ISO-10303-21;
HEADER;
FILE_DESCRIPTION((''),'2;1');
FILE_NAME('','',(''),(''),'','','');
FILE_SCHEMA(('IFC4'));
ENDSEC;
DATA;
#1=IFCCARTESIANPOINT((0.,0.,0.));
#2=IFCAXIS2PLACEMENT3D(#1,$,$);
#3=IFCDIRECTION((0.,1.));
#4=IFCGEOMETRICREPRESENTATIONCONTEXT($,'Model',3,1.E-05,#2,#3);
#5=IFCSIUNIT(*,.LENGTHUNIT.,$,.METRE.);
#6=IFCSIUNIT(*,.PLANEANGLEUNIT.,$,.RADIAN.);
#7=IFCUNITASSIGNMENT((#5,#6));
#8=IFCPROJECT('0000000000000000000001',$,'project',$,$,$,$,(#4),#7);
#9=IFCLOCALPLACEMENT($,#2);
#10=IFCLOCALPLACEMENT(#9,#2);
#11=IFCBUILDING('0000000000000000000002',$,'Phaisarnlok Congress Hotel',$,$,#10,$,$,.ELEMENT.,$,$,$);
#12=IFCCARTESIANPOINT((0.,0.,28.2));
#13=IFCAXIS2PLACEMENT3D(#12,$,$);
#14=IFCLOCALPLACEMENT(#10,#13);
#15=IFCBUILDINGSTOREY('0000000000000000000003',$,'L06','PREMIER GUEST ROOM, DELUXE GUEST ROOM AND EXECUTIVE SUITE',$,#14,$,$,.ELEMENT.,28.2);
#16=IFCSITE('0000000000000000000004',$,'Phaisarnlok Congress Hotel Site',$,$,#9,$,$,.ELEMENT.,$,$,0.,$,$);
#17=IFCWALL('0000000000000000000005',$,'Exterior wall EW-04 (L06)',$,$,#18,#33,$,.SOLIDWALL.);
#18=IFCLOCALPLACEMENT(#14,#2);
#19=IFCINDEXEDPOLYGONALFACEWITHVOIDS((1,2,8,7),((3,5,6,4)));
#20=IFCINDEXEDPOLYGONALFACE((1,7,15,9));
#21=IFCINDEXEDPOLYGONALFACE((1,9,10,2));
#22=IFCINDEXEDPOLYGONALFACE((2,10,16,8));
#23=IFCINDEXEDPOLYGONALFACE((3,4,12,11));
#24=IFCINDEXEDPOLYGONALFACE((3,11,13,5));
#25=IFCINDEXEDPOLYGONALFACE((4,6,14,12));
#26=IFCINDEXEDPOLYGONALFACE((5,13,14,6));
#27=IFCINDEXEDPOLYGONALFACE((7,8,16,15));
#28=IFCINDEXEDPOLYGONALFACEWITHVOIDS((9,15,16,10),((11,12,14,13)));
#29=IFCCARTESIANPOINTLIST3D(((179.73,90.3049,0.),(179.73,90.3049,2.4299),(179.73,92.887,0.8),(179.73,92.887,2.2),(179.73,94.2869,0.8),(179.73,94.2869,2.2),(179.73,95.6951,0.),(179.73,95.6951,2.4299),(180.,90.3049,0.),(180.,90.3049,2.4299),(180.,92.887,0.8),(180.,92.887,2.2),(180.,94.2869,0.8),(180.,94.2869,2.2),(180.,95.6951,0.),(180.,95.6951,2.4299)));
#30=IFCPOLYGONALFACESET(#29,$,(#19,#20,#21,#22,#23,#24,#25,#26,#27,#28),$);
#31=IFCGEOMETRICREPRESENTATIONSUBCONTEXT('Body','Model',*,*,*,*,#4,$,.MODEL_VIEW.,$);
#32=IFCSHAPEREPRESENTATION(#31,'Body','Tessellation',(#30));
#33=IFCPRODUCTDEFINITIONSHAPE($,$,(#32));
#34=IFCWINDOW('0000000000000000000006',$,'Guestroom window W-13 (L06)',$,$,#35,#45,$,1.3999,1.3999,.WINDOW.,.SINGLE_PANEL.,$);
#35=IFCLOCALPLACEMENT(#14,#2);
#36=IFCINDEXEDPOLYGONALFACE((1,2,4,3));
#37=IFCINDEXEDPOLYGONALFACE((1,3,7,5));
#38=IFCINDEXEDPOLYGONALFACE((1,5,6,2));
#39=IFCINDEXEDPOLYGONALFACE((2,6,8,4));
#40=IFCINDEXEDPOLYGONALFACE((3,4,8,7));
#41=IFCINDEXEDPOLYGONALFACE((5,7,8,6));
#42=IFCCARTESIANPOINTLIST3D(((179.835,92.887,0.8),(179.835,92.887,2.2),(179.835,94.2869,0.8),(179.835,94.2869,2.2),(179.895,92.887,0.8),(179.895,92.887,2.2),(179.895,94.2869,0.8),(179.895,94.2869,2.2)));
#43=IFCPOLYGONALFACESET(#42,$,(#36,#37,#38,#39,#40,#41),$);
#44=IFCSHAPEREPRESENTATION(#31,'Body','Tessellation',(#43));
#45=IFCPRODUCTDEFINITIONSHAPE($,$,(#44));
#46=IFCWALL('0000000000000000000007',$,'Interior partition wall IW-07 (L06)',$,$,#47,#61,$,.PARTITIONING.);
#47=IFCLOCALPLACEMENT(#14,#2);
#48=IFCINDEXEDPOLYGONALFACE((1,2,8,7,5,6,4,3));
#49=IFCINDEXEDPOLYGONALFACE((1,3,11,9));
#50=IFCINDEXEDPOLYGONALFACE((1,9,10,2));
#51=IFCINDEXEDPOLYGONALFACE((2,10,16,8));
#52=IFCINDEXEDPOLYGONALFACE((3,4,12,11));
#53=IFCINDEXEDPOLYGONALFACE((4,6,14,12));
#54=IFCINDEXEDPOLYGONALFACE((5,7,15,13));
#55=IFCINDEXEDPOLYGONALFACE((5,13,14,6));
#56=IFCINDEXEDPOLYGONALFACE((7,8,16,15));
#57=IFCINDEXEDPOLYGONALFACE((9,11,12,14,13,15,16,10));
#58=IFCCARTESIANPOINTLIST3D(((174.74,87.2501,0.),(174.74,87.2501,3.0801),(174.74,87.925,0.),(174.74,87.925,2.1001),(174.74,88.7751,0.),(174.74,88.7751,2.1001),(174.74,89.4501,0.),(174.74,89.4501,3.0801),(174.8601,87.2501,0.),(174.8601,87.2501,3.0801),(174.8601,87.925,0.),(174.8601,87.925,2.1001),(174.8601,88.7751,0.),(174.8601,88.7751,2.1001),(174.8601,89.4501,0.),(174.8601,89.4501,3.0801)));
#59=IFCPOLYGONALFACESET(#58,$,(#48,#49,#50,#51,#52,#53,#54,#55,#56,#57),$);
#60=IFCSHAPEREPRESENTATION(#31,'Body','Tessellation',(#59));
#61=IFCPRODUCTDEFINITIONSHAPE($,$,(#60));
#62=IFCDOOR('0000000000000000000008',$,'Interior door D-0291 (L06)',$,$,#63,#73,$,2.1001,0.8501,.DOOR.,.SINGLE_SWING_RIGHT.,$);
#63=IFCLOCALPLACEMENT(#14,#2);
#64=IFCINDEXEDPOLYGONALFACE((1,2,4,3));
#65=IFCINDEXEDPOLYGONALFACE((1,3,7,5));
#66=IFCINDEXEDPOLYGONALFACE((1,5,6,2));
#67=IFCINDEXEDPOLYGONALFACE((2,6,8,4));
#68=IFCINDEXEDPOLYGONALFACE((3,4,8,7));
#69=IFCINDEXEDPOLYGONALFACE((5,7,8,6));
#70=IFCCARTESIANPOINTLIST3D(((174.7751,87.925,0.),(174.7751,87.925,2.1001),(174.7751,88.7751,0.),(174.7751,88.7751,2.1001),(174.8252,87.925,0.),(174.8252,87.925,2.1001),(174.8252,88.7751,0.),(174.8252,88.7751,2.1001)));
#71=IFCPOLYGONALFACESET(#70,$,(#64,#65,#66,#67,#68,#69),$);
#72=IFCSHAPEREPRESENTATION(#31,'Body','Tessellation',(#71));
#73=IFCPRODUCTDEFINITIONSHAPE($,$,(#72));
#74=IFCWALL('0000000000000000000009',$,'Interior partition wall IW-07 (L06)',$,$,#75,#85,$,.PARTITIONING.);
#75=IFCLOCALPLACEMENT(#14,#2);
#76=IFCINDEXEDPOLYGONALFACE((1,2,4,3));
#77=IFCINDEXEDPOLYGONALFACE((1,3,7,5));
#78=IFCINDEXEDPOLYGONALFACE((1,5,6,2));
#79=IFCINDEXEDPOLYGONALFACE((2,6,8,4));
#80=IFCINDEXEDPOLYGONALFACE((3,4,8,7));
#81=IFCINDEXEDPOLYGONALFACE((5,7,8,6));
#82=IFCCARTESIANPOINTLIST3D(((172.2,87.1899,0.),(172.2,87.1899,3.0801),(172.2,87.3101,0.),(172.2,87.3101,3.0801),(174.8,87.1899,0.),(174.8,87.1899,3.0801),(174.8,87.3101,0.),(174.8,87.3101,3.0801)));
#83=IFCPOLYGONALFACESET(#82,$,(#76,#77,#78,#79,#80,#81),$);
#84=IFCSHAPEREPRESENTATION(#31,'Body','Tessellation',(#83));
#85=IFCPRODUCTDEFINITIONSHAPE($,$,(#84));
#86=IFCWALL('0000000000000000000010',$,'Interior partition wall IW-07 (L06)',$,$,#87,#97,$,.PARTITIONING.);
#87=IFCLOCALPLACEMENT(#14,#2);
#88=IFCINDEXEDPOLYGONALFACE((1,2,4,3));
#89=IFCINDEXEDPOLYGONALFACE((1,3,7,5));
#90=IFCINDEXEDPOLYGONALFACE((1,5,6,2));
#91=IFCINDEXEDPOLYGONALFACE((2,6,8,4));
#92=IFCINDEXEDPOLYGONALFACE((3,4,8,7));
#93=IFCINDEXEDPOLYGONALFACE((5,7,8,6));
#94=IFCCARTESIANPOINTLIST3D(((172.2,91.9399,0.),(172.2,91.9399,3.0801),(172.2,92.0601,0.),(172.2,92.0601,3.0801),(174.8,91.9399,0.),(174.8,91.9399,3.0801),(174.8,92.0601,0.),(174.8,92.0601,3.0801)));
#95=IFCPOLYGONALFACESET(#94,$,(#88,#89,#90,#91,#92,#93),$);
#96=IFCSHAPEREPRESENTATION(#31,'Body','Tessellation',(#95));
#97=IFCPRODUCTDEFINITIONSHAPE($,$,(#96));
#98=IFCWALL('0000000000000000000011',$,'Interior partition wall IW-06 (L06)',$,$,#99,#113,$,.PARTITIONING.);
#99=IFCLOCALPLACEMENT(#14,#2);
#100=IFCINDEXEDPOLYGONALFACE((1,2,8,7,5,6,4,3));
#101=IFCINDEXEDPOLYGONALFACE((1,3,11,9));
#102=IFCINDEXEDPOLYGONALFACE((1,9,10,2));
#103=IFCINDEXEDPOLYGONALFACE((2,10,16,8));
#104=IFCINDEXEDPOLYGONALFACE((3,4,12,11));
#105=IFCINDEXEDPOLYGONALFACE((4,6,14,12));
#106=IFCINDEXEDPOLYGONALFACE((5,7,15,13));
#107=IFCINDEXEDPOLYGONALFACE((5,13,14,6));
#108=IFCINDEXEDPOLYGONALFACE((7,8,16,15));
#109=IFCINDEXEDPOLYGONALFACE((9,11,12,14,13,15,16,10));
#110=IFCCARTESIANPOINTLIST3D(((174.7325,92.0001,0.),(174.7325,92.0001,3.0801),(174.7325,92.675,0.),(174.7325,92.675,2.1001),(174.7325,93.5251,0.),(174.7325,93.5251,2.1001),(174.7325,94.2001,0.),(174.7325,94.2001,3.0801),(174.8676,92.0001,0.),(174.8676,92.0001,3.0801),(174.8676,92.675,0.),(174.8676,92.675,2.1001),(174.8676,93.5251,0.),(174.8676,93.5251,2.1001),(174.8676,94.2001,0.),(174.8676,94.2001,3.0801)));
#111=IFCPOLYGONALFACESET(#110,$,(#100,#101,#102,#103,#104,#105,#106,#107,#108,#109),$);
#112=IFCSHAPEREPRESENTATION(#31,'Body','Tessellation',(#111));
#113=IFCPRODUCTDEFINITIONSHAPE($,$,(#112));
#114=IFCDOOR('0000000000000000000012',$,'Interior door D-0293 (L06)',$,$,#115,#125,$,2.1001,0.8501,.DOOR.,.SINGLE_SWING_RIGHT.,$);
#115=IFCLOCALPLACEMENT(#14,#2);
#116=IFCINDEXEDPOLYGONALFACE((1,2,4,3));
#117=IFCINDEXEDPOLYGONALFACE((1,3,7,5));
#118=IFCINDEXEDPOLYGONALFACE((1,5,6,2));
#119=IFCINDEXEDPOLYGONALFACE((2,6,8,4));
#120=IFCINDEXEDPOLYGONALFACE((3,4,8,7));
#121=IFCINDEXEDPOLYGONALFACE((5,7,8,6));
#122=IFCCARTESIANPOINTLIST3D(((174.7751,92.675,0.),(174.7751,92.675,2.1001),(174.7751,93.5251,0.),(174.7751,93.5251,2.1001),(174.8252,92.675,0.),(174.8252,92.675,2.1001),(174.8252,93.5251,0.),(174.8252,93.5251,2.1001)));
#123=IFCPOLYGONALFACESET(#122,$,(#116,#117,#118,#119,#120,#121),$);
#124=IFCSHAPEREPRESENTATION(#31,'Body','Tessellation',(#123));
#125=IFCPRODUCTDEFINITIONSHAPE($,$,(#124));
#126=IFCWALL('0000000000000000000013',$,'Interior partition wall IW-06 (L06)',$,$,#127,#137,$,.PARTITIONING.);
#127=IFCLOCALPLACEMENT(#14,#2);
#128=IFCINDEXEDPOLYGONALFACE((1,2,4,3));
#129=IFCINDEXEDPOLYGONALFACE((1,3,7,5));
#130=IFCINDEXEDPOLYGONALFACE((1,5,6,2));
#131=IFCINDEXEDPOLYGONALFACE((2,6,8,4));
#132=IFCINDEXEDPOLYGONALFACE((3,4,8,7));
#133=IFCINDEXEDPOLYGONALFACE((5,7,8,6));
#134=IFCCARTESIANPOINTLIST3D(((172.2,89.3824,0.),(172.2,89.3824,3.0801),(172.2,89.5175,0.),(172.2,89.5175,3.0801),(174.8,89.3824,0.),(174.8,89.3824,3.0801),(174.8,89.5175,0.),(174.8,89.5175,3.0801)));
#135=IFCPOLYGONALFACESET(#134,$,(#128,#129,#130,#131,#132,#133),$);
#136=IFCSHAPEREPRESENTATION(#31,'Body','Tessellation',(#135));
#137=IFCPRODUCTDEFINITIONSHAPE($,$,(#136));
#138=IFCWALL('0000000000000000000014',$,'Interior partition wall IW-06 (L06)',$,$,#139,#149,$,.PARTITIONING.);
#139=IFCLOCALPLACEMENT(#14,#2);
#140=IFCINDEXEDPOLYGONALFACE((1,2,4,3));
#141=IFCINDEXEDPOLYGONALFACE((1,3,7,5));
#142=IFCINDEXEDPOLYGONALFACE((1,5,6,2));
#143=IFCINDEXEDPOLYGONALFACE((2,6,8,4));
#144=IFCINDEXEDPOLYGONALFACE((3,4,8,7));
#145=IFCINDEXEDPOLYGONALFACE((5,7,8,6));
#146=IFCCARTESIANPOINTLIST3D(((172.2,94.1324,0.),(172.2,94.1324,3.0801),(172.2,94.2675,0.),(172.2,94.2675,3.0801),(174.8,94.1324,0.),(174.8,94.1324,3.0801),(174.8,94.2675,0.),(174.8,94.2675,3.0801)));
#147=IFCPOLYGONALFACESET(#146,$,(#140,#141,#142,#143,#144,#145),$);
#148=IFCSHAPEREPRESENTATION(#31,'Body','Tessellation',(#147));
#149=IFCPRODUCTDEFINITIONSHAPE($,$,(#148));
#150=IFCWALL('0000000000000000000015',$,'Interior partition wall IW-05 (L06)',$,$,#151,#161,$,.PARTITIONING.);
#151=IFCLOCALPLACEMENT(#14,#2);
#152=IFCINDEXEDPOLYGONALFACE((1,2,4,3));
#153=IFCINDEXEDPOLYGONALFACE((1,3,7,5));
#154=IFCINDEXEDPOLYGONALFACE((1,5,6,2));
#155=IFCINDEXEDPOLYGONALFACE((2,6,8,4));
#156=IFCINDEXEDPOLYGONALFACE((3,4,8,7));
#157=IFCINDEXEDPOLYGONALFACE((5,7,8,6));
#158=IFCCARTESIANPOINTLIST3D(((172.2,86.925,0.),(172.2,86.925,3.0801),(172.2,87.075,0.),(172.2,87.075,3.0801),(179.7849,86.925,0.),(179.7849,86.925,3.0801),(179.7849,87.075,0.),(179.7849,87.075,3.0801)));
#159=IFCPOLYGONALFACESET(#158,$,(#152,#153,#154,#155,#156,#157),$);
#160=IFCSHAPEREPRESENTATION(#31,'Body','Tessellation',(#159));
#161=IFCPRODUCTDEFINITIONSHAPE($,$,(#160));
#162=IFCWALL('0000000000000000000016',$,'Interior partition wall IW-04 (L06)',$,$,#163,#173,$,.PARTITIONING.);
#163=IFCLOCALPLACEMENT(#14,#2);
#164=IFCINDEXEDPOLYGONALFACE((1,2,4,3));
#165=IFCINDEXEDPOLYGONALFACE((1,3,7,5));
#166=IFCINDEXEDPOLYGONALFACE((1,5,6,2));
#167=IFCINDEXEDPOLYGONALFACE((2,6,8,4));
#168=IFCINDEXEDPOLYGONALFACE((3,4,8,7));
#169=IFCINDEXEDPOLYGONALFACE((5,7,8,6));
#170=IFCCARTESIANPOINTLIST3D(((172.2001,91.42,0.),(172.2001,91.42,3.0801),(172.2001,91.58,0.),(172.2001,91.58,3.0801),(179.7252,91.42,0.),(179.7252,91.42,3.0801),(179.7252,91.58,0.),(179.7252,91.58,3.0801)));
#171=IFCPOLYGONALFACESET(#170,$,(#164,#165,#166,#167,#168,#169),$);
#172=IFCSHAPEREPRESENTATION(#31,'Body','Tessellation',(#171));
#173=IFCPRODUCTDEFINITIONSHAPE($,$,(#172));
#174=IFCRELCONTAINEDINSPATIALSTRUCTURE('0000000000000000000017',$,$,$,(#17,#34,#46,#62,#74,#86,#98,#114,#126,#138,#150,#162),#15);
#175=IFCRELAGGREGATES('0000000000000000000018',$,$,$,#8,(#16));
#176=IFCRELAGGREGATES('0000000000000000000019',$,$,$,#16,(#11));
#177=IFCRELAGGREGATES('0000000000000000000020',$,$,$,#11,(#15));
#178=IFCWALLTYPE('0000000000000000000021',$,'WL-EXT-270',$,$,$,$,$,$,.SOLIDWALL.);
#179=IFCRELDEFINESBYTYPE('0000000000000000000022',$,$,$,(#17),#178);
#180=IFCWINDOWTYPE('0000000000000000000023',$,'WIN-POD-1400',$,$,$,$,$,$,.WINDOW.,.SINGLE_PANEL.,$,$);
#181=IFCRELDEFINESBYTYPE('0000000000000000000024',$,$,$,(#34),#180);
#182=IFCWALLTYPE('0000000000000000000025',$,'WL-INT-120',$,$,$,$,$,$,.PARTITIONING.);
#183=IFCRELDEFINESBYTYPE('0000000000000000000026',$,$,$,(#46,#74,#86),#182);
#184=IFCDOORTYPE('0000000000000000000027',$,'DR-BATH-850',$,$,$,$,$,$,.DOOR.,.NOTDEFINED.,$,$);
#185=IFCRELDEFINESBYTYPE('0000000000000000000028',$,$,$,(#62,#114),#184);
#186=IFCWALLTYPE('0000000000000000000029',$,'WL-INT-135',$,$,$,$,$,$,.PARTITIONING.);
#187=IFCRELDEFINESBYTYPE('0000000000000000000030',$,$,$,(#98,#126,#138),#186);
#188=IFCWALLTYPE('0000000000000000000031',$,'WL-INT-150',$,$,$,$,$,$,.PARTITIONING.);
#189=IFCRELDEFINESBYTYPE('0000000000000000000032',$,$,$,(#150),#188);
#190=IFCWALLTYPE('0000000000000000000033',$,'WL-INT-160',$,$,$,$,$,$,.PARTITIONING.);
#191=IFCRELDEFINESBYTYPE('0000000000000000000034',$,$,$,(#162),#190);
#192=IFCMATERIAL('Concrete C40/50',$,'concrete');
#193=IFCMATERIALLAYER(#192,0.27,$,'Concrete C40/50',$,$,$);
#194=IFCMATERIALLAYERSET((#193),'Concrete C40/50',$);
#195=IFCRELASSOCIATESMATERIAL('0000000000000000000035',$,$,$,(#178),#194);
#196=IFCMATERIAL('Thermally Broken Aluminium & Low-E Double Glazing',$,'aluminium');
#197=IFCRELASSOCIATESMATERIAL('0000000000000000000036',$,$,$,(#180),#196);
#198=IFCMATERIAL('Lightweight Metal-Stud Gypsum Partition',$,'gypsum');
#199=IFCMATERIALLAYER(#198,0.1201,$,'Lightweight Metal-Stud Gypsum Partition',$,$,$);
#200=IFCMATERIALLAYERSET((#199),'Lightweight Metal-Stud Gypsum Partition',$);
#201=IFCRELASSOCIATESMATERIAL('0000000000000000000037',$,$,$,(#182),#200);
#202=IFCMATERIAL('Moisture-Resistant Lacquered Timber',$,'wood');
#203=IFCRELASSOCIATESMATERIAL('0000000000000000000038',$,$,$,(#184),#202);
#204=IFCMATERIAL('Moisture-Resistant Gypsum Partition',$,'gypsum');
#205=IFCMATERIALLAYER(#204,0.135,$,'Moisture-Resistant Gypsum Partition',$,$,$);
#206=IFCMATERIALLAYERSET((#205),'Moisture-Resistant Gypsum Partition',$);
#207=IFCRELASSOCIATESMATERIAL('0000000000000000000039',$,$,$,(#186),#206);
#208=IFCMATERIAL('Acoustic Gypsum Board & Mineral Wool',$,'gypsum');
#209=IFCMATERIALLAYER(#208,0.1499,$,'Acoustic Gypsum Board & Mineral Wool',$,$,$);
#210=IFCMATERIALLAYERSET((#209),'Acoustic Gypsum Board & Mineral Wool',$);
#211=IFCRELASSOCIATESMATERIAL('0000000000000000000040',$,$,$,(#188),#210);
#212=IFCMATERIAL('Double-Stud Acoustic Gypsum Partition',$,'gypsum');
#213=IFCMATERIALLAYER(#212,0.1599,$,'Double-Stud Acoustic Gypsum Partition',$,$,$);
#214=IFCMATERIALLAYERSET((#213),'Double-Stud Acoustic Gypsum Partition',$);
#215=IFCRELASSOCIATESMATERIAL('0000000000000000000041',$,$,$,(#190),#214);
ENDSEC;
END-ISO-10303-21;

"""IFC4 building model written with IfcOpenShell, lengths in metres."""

from ifc_helpers import new_model, si_unit, direction, frame, frame_2d, origin, place, context, subcontext, project, spatial, rectangle, extrude, material, layer, layer_set, type_object, element, fill, save


model = new_model("IFC4")

# Units and contexts
model_context = context("Model", 3, precision=1e-05, world=origin(), true_north=direction((0.0, 1.0)))
body_context = subcontext(model_context, "Body", "Model", "MODEL_VIEW")
ifc_project = project(units=[si_unit("LENGTHUNIT", "METRE"), si_unit("PLANEANGLEUNIT", "RADIAN")], contexts=[model_context])

# Site, building, storey
site_placement = place(None, origin())
site = spatial("IfcSite", under=ifc_project, at=site_placement, Name="Phaisarnlok Congress Hotel Site", CompositionType="ELEMENT", RefElevation=0.0)
building_placement = place(site_placement, origin())
building = spatial("IfcBuilding", under=site, at=building_placement, Name="Phaisarnlok Congress Hotel", CompositionType="ELEMENT")
storey_placement = place(building_placement, frame((0.0, 0.0, 28.2)))
storey = spatial("IfcBuildingStorey", under=building, at=storey_placement, Name="L06", Description="PREMIER GUEST ROOM, DELUXE GUEST ROOM AND EXECUTIVE SUITE", CompositionType="ELEMENT", Elevation=28.2)

# Shared definitions
ifc_material_1 = material(Name="Concrete C40/50", Category="concrete")

# Wall, opening, window
ifc_layer_1 = layer(ifc_material_1, 0.27, Name="Concrete C40/50")
ifc_layer_set_1 = layer_set([ifc_layer_1], Name="Concrete C40/50")
wall_type_1 = type_object("IfcWallType", Name="WL-EXT-270", PredefinedType="SOLIDWALL", material=ifc_layer_set_1)
wall_1_placement = place(storey_placement, frame((179.865, 90.3049, 0.0), z_axis=(0.0, 0.0, 1.0), x_axis=(0.0, 1.0, 0.0)))
wall_1 = element("IfcWall", 1, at=wall_1_placement, inside=storey, type_object=wall_type_1, Name="Exterior wall EW-04 (L06)", PredefinedType="SOLIDWALL", context=body_context, shape_type="SweptSolid", body=[
    extrude(rectangle(XDim=5.3901, YDim=0.27, at=frame_2d((2.6951, 0.0))), origin(), (0.0, 0.0, 1.0), 2.4299),
])
opening_1_placement = place(wall_1_placement, frame((2.582, 0.0, 0.8)))
opening_1 = element("IfcOpeningElement", 2, at=opening_1_placement, cuts=wall_1, PredefinedType="OPENING", context=body_context, shape_type="SweptSolid", body=[
    extrude(rectangle(XDim=1.3999, YDim=1.3999, at=frame_2d((0.7, 0.7))), frame((0.0, 0.145, 0.0), z_axis=(0.0, -1.0, 0.0), x_axis=(1.0, 0.0, 0.0)), (0.0, 0.0, 1.0), 0.29),
])
ifc_material_2 = material(Name="Thermally Broken Aluminium & Low-E Double Glazing", Category="aluminium")
window_type = type_object("IfcWindowType", Name="WIN-POD-1400", PartitioningType="SINGLE_PANEL", PredefinedType="WINDOW", material=ifc_material_2)
window_placement = place(opening_1_placement, origin())
window = element("IfcWindow", 3, at=window_placement, inside=storey, type_object=window_type, Name="Guestroom window W-13 (L06)", OverallHeight=1.3999, OverallWidth=1.3999, PartitioningType="SINGLE_PANEL", PredefinedType="WINDOW", context=body_context, shape_type="SweptSolid", body=[
    extrude(rectangle(XDim=1.3999, YDim=1.3999, at=frame_2d((0.7, 0.7))), frame((0.0, 0.03, 0.0), z_axis=(0.0, -1.0, 0.0), x_axis=(1.0, 0.0, 0.0)), (0.0, 0.0, 1.0), 0.0601),
])
fill(opening_1, window)

# Wall, opening, door
ifc_material_3 = material(Name="Lightweight Metal-Stud Gypsum Partition", Category="gypsum")
ifc_layer_2 = layer(ifc_material_3, 0.1201, Name="Lightweight Metal-Stud Gypsum Partition")
ifc_layer_set_2 = layer_set([ifc_layer_2], Name="Lightweight Metal-Stud Gypsum Partition")
wall_type_2 = type_object("IfcWallType", Name="WL-INT-120", PredefinedType="PARTITIONING", material=ifc_layer_set_2)
wall_2_placement = place(storey_placement, frame((174.8, 87.25, 0.0), z_axis=(0.0, 0.0, 1.0), x_axis=(0.0, 1.0, 0.0)))
wall_2 = element("IfcWall", 4, at=wall_2_placement, inside=storey, type_object=wall_type_2, Name="Interior partition wall IW-07 (L06)", PredefinedType="PARTITIONING", context=body_context, shape_type="SweptSolid", body=[
    extrude(rectangle(XDim=2.2, YDim=0.1201, at=frame_2d((1.1001, 0.0))), origin(), (0.0, 0.0, 1.0), 3.0801),
])
opening_2_placement = place(wall_2_placement, frame((0.675, 0.0, 0.0)))
opening_2 = element("IfcOpeningElement", 5, at=opening_2_placement, cuts=wall_2, PredefinedType="OPENING", context=body_context, shape_type="SweptSolid", body=[
    extrude(rectangle(XDim=0.8501, YDim=2.1001, at=frame_2d((0.425, 1.05))), frame((0.0, 0.0701, 0.0), z_axis=(0.0, -1.0, 0.0), x_axis=(1.0, 0.0, 0.0)), (0.0, 0.0, 1.0), 0.1401),
])
ifc_material_4 = material(Name="Moisture-Resistant Lacquered Timber", Category="wood")
door_type = type_object("IfcDoorType", Name="DR-BATH-850", OperationType="NOTDEFINED", PredefinedType="DOOR", material=ifc_material_4)
door_1_placement = place(opening_2_placement, origin())
door_1 = element("IfcDoor", 6, at=door_1_placement, inside=storey, type_object=door_type, Name="Interior door D-0291 (L06)", OperationType="SINGLE_SWING_RIGHT", OverallHeight=2.1001, OverallWidth=0.8501, PredefinedType="DOOR", context=body_context, shape_type="SweptSolid", body=[
    extrude(rectangle(XDim=0.8501, YDim=2.1001, at=frame_2d((0.425, 1.05))), frame((0.0, 0.0249, 0.0), z_axis=(0.0, -1.0, 0.0), x_axis=(1.0, 0.0, 0.0)), (0.0, 0.0, 1.0), 0.05),
])
fill(opening_2, door_1)

# Walls
for number, where, z_axis, x_axis, name in (
    (7, (172.2, 87.25, 0.0), (0.0, 0.0, 1.0), (1.0, 0.0, 0.0), "Interior partition wall IW-07 (L06)"),
    (8, (172.2, 92.0, 0.0), (0.0, 0.0, 1.0), (1.0, 0.0, 0.0), "Interior partition wall IW-07 (L06)"),
):
    element("IfcWall", number, at=place(storey_placement, frame(where, z_axis=z_axis, x_axis=x_axis)), inside=storey, type_object=wall_type_2, Name=name, PredefinedType="PARTITIONING", context=body_context, shape_type="SweptSolid", body=[
        extrude(rectangle(XDim=2.6001, YDim=0.1201, at=frame_2d((1.3, 0.0))), origin(), (0.0, 0.0, 1.0), 3.0801),
    ])

# Wall, opening, door
ifc_material_5 = material(Name="Moisture-Resistant Gypsum Partition", Category="gypsum")
ifc_layer_3 = layer(ifc_material_5, 0.135, Name="Moisture-Resistant Gypsum Partition")
ifc_layer_set_3 = layer_set([ifc_layer_3], Name="Moisture-Resistant Gypsum Partition")
wall_type_3 = type_object("IfcWallType", Name="WL-INT-135", PredefinedType="PARTITIONING", material=ifc_layer_set_3)
wall_3_placement = place(storey_placement, frame((174.8, 92.0, 0.0), z_axis=(0.0, 0.0, 1.0), x_axis=(0.0, 1.0, 0.0)))
wall_3 = element("IfcWall", 9, at=wall_3_placement, inside=storey, type_object=wall_type_3, Name="Interior partition wall IW-06 (L06)", PredefinedType="PARTITIONING", context=body_context, shape_type="SweptSolid", body=[
    extrude(rectangle(XDim=2.2, YDim=0.135, at=frame_2d((1.1001, 0.0))), origin(), (0.0, 0.0, 1.0), 3.0801),
])
opening_3_placement = place(wall_3_placement, frame((0.675, 0.0, 0.0)))
opening_3 = element("IfcOpeningElement", 10, at=opening_3_placement, cuts=wall_3, PredefinedType="OPENING", context=body_context, shape_type="SweptSolid", body=[
    extrude(rectangle(XDim=0.8501, YDim=2.1001, at=frame_2d((0.425, 1.05))), frame((0.0, 0.0776, 0.0), z_axis=(0.0, -1.0, 0.0), x_axis=(1.0, 0.0, 0.0)), (0.0, 0.0, 1.0), 0.155),
])
door_2_placement = place(opening_3_placement, origin())
door_2 = element("IfcDoor", 11, at=door_2_placement, inside=storey, type_object=door_type, Name="Interior door D-0293 (L06)", OperationType="SINGLE_SWING_RIGHT", OverallHeight=2.1001, OverallWidth=0.8501, PredefinedType="DOOR", context=body_context, shape_type="SweptSolid", body=[
    extrude(rectangle(XDim=0.8501, YDim=2.1001, at=frame_2d((0.425, 1.05))), frame((0.0, 0.0249, 0.0), z_axis=(0.0, -1.0, 0.0), x_axis=(1.0, 0.0, 0.0)), (0.0, 0.0, 1.0), 0.05),
])
fill(opening_3, door_2)

# Walls
for number, where, z_axis, x_axis, name in (
    (12, (172.2, 89.45, 0.0), (0.0, 0.0, 1.0), (1.0, 0.0, 0.0), "Interior partition wall IW-06 (L06)"),
    (13, (172.2, 94.2, 0.0), (0.0, 0.0, 1.0), (1.0, 0.0, 0.0), "Interior partition wall IW-06 (L06)"),
):
    element("IfcWall", number, at=place(storey_placement, frame(where, z_axis=z_axis, x_axis=x_axis)), inside=storey, type_object=wall_type_3, Name=name, PredefinedType="PARTITIONING", context=body_context, shape_type="SweptSolid", body=[
        extrude(rectangle(XDim=2.6001, YDim=0.135, at=frame_2d((1.3, 0.0))), origin(), (0.0, 0.0, 1.0), 3.0801),
    ])
ifc_material_6 = material(Name="Acoustic Gypsum Board & Mineral Wool", Category="gypsum")
ifc_layer_4 = layer(ifc_material_6, 0.1499, Name="Acoustic Gypsum Board & Mineral Wool")
ifc_layer_set_4 = layer_set([ifc_layer_4], Name="Acoustic Gypsum Board & Mineral Wool")
wall_type_4 = type_object("IfcWallType", Name="WL-INT-150", PredefinedType="PARTITIONING", material=ifc_layer_set_4)
wall_4_placement = place(storey_placement, frame((172.2, 87.0, 0.0), z_axis=(0.0, 0.0, 1.0), x_axis=(1.0, 0.0, 0.0)))
element("IfcWall", 14, at=wall_4_placement, inside=storey, type_object=wall_type_4, Name="Interior partition wall IW-05 (L06)", PredefinedType="PARTITIONING", context=body_context, shape_type="SweptSolid", body=[
    extrude(rectangle(XDim=7.585, YDim=0.1499, at=frame_2d((3.7925, 0.0))), origin(), (0.0, 0.0, 1.0), 3.0801),
])
ifc_material_7 = material(Name="Double-Stud Acoustic Gypsum Partition", Category="gypsum")
ifc_layer_5 = layer(ifc_material_7, 0.1599, Name="Double-Stud Acoustic Gypsum Partition")
ifc_layer_set_5 = layer_set([ifc_layer_5], Name="Double-Stud Acoustic Gypsum Partition")
wall_type_5 = type_object("IfcWallType", Name="WL-INT-160", PredefinedType="PARTITIONING", material=ifc_layer_set_5)
wall_5_placement = place(storey_placement, frame((172.2, 91.5, 0.0), z_axis=(0.0, 0.0, 1.0), x_axis=(1.0, 0.0, 0.0)))
element("IfcWall", 15, at=wall_5_placement, inside=storey, type_object=wall_type_5, Name="Interior partition wall IW-04 (L06)", PredefinedType="PARTITIONING", context=body_context, shape_type="SweptSolid", body=[
    extrude(rectangle(XDim=7.5251, YDim=0.1599, at=frame_2d((3.7627, 0.0))), origin(), (0.0, 0.0, 1.0), 3.0801),
])

save(model, "model.ifc")
